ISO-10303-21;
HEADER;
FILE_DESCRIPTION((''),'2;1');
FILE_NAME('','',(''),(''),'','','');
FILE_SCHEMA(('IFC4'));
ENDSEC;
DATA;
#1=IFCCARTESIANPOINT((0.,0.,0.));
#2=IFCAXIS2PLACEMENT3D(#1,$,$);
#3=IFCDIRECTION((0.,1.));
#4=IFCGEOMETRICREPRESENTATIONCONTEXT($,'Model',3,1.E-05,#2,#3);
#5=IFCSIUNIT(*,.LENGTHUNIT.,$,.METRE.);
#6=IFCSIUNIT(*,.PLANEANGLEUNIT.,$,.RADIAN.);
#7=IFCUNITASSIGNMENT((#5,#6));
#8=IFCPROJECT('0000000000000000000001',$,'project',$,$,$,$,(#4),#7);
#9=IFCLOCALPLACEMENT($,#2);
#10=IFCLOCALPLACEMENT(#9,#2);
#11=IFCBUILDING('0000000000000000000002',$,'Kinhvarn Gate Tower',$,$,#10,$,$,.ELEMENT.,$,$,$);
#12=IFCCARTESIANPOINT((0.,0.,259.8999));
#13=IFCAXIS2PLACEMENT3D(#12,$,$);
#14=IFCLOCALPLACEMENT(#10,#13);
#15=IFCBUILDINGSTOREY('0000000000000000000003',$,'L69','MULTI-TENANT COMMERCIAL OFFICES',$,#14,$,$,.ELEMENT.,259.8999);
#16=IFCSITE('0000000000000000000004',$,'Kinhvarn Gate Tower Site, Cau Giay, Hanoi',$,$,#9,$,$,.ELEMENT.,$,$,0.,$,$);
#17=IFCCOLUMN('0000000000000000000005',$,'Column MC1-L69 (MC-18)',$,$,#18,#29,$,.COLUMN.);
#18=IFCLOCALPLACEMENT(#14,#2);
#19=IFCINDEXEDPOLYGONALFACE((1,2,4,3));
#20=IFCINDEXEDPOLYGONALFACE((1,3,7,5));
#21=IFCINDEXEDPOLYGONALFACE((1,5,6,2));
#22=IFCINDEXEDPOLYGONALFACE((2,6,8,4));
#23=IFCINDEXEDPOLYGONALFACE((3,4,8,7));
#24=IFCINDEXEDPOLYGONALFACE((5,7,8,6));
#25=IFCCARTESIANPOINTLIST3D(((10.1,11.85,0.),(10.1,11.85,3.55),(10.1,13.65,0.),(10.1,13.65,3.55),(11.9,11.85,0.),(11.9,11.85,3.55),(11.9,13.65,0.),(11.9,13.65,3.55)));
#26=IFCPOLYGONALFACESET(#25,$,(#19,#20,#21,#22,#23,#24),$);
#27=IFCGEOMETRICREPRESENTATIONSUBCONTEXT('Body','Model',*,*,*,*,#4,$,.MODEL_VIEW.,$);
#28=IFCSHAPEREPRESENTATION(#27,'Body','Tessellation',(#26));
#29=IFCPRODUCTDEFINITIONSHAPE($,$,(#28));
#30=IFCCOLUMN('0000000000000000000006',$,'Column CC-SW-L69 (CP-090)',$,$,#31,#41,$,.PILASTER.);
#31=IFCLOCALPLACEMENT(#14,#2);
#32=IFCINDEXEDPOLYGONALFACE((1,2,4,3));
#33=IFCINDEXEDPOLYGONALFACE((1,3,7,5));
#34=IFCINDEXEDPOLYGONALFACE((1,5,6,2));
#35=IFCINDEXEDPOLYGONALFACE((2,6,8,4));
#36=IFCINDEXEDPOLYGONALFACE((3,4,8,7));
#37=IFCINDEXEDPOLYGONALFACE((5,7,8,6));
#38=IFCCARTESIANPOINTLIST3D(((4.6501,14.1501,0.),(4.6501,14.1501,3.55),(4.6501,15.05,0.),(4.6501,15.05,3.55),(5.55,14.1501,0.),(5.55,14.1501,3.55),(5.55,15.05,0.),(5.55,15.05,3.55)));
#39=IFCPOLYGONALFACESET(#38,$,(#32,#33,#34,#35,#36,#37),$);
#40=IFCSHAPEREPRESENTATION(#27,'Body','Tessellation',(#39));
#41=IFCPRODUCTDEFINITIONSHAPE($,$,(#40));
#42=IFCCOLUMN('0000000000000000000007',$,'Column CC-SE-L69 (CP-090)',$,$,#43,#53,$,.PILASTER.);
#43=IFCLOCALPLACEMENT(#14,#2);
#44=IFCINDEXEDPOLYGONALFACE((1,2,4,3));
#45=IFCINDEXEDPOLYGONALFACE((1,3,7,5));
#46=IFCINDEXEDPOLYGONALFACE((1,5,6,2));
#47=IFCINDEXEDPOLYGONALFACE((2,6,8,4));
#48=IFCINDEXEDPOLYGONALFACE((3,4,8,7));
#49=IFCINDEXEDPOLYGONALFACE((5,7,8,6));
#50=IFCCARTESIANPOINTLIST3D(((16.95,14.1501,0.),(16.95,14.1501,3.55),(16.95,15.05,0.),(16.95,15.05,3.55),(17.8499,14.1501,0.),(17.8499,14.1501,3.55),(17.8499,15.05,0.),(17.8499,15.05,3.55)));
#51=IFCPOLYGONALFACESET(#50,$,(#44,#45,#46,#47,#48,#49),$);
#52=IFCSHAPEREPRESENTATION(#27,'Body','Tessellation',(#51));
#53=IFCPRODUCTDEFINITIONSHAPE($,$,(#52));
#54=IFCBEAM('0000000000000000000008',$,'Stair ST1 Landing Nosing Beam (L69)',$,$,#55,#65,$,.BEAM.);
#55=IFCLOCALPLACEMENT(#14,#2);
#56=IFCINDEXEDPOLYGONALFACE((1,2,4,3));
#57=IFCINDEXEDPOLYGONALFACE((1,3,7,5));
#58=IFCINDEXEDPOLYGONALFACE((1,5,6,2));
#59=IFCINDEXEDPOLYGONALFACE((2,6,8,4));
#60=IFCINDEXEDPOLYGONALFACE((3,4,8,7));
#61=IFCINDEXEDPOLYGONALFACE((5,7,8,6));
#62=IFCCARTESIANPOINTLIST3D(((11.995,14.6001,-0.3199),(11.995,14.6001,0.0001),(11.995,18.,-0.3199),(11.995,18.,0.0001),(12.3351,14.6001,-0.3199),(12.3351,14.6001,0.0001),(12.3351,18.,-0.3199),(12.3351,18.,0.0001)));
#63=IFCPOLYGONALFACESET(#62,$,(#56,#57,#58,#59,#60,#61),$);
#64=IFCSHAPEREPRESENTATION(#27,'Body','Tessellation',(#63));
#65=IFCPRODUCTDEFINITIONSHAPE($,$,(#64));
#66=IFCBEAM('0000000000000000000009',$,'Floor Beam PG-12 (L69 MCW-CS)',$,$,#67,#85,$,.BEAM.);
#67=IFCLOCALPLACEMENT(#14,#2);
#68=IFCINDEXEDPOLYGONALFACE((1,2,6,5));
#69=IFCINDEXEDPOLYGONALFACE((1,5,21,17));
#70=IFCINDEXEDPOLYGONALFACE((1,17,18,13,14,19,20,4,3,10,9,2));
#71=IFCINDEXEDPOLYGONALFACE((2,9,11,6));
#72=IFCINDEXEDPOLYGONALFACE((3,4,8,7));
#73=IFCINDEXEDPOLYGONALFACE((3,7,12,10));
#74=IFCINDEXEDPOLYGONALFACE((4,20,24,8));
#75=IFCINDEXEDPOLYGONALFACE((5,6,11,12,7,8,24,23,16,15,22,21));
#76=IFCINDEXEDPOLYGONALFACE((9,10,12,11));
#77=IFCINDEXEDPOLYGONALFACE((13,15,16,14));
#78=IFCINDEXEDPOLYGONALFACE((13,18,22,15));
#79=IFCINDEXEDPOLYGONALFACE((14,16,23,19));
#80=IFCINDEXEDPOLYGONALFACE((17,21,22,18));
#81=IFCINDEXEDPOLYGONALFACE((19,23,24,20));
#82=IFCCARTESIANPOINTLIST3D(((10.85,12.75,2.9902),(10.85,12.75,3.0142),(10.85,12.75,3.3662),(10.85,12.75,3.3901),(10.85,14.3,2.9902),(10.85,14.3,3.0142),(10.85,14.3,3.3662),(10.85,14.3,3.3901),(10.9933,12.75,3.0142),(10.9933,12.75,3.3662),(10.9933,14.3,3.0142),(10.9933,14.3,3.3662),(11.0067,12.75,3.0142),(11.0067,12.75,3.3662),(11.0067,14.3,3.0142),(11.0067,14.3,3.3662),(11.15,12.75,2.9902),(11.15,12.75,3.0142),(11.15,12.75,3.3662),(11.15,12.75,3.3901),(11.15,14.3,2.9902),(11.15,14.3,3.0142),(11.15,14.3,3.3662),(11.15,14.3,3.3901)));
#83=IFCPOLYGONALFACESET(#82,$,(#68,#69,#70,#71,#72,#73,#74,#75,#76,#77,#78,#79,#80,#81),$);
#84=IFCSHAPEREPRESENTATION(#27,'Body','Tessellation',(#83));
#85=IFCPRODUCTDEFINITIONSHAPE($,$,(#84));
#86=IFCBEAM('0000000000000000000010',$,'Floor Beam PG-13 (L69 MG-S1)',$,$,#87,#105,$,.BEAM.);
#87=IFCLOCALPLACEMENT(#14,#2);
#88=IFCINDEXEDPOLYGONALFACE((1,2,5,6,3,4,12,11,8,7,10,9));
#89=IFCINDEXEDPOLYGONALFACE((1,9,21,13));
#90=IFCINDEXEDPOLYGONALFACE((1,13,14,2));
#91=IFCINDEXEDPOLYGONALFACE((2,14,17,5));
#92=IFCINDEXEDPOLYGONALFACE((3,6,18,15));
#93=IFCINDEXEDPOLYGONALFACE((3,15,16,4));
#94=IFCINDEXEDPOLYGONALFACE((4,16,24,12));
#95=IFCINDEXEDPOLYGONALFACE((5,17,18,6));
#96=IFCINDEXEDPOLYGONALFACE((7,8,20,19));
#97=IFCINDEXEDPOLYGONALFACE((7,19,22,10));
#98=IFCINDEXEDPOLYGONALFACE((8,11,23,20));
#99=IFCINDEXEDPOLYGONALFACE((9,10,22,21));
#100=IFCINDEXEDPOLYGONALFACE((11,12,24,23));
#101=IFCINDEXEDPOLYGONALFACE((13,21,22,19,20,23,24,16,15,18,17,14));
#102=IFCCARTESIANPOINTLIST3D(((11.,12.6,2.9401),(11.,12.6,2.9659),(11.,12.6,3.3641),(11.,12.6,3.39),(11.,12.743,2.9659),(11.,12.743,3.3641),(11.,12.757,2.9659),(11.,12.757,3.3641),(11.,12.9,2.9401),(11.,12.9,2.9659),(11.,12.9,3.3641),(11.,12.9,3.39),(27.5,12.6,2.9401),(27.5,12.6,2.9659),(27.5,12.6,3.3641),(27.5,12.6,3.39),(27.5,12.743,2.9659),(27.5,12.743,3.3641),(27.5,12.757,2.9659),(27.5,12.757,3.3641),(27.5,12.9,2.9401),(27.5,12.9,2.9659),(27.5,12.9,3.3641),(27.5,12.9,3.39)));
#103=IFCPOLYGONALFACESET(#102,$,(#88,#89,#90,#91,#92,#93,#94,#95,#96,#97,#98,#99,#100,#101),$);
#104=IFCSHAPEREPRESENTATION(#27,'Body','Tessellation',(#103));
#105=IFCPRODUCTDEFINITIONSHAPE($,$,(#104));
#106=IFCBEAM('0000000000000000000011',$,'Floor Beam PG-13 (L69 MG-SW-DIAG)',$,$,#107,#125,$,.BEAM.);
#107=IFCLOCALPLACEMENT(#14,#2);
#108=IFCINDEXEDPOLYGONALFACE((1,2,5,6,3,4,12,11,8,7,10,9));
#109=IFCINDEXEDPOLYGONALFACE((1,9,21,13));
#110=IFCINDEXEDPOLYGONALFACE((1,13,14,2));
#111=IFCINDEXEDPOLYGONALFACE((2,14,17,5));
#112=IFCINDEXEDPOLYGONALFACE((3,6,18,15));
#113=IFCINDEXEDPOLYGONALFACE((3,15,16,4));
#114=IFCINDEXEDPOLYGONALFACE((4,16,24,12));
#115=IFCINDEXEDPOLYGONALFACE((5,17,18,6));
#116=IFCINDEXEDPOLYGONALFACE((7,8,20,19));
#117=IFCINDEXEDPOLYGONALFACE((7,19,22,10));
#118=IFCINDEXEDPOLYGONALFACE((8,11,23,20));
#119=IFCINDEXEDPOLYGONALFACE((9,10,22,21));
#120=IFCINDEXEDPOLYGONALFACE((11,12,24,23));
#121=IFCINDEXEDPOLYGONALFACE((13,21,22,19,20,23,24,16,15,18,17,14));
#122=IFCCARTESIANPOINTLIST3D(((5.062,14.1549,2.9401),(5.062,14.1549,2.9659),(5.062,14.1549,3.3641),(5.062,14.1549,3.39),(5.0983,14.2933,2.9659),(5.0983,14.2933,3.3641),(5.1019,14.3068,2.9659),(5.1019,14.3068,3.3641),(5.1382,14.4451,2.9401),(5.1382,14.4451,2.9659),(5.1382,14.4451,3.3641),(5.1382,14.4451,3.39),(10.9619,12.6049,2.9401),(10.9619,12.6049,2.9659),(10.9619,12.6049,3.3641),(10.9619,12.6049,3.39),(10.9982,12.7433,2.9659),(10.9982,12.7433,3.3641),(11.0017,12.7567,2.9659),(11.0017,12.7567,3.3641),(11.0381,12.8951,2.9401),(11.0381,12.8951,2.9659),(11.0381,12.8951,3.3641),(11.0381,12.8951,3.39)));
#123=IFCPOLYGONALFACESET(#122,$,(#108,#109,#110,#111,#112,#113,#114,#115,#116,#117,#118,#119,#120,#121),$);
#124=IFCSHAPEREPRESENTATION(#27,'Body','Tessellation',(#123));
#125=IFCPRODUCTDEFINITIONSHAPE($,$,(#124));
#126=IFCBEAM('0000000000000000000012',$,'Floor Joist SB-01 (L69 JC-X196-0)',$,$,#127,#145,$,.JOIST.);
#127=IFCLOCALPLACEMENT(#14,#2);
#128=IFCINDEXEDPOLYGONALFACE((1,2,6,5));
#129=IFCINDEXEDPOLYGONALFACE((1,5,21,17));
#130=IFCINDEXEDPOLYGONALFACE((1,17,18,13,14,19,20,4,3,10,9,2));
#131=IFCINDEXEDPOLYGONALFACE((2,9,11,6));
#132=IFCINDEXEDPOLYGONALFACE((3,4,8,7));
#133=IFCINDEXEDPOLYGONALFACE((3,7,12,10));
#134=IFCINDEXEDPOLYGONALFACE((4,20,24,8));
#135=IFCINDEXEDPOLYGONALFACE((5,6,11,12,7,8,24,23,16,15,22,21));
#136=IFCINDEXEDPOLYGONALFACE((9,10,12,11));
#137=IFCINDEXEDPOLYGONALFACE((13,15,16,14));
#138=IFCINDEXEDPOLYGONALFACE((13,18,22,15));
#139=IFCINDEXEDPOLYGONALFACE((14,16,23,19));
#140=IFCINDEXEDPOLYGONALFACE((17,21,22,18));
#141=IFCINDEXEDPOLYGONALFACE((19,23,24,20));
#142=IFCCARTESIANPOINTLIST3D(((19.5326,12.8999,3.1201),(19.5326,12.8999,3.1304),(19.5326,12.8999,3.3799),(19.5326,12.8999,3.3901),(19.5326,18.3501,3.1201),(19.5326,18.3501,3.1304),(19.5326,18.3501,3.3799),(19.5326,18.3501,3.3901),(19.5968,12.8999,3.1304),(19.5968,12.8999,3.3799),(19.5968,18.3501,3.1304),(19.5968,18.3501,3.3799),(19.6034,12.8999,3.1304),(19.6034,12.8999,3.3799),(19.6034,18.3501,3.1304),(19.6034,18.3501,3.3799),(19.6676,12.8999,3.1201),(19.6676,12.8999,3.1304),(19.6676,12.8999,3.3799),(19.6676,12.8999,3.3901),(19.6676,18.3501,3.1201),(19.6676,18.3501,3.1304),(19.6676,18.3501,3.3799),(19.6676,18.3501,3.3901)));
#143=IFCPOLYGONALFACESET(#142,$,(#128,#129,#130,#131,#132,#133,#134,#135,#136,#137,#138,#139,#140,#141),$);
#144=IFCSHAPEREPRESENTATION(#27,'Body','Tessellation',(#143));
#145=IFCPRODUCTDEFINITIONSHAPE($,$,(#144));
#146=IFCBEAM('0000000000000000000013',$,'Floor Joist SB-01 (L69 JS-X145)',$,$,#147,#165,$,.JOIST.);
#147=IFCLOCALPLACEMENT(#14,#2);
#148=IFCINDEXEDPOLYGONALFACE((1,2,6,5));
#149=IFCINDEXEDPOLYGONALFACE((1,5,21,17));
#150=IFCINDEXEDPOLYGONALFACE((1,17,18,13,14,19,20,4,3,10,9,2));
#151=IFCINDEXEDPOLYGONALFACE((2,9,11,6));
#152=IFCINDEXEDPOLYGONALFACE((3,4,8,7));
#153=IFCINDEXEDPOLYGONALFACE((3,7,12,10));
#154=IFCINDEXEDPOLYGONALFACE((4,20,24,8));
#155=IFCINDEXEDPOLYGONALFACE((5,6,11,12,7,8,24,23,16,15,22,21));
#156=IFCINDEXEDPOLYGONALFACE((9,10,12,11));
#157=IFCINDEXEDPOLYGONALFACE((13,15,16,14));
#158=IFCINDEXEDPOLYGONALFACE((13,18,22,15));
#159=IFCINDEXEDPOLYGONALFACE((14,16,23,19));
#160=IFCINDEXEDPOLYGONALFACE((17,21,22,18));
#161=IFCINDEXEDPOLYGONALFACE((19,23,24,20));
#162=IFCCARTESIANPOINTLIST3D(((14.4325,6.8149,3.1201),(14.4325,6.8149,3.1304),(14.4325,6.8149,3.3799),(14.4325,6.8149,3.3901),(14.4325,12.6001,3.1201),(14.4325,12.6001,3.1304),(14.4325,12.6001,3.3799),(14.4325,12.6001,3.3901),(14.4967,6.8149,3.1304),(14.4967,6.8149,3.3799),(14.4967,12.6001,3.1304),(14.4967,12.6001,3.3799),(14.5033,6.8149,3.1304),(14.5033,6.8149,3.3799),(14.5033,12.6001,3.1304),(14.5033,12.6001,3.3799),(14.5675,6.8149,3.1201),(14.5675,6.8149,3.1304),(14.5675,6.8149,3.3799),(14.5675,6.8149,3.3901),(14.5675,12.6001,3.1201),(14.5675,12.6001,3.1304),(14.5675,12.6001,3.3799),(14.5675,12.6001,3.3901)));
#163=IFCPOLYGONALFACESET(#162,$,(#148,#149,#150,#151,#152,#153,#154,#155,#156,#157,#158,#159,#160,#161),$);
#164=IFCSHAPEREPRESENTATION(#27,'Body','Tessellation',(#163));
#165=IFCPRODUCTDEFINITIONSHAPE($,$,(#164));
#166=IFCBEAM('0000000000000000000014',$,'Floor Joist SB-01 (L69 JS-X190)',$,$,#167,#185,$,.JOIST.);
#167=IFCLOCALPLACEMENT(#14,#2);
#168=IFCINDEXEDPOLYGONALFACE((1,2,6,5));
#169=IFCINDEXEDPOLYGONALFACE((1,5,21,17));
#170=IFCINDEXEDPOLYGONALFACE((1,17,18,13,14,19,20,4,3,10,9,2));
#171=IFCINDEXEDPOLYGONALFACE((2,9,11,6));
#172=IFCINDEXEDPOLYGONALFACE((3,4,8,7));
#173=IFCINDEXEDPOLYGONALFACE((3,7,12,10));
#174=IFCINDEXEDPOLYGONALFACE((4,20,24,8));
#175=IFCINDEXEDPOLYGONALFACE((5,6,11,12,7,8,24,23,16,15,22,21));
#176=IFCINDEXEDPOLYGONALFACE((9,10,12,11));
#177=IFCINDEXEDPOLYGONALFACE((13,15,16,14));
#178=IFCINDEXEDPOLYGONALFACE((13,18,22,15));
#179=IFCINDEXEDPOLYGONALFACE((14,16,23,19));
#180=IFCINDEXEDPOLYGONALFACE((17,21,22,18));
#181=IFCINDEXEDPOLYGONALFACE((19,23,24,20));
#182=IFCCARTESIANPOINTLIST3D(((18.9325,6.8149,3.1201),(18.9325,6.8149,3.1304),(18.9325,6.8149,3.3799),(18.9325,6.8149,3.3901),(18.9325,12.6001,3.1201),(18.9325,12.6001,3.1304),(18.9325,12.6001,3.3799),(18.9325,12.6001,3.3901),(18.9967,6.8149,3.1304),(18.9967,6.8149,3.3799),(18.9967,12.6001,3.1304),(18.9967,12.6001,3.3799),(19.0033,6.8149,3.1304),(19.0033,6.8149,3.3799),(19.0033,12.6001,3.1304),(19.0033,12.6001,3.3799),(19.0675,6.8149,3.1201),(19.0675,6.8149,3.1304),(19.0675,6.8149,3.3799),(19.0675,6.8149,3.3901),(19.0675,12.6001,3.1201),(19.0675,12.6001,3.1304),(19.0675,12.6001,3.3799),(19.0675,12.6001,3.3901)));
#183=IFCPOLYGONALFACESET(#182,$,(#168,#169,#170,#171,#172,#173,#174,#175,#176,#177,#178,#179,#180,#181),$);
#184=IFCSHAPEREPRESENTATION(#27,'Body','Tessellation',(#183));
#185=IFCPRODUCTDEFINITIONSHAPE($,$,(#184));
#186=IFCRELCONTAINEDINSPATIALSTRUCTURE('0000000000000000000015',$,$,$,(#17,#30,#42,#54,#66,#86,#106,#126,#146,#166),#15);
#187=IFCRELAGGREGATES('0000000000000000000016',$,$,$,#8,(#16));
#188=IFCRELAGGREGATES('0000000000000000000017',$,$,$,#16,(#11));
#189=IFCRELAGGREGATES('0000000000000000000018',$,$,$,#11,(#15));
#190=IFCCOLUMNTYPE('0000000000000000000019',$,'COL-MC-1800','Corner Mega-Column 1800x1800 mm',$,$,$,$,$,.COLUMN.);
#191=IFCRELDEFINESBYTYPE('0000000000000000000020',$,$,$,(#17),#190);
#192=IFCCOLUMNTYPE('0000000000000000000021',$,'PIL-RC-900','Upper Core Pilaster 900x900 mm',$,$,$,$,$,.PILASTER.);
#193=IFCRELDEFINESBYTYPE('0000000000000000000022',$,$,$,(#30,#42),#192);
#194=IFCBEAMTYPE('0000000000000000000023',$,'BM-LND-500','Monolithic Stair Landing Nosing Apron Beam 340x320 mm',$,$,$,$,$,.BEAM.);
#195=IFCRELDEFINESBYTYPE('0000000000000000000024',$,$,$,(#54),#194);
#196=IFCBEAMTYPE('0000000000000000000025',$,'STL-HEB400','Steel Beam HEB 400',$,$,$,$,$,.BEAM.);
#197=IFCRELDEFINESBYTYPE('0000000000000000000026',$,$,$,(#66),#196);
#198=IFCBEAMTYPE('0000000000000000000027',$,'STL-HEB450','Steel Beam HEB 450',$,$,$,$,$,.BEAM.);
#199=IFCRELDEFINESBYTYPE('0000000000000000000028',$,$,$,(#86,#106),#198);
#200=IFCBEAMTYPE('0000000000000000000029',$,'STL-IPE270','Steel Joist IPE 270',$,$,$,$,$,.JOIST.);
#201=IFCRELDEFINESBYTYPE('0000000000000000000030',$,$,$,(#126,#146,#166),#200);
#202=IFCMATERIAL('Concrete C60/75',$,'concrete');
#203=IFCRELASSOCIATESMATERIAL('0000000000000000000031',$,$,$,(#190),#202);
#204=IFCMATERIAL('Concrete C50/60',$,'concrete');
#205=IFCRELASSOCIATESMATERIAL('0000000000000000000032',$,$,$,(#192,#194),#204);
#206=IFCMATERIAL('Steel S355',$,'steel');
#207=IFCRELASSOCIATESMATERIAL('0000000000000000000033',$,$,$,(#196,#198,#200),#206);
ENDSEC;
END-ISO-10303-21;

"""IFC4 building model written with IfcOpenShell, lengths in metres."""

from ifc_helpers import new_model, si_unit, direction, frame, origin, origin_2d, place, context, subcontext, project, spatial, rectangle, i_section, extrude, material, material_profile, profile_set, type_object, element, save


model = new_model("IFC4")

# Units and contexts
model_context = context("Model", 3, precision=1e-05, world=origin(), true_north=direction((0.0, 1.0)))
body_context = subcontext(model_context, "Body", "Model", "MODEL_VIEW")
ifc_project = project(units=[si_unit("LENGTHUNIT", "METRE"), si_unit("PLANEANGLEUNIT", "RADIAN")], contexts=[model_context])

# Site, building, storey
site_placement = place(None, origin())
site = spatial("IfcSite", under=ifc_project, at=site_placement, Name="Kinhvarn Gate Tower Site, Cau Giay, Hanoi", CompositionType="ELEMENT", RefElevation=0.0)
building_placement = place(site_placement, origin())
building = spatial("IfcBuilding", under=site, at=building_placement, Name="Kinhvarn Gate Tower", CompositionType="ELEMENT")
storey_placement = place(building_placement, frame((0.0, 0.0, 259.8999)))
storey = spatial("IfcBuildingStorey", under=building, at=storey_placement, Name="L69", Description="MULTI-TENANT COMMERCIAL OFFICES", CompositionType="ELEMENT", Elevation=259.8999)

# Columns
ifc_material_1 = material(Name="Concrete C60/75", Category="concrete")
ifc_material_profile_1 = material_profile(ifc_material_1, rectangle(XDim=1.8, YDim=1.8, at=origin_2d()), Name="RC 1800x1800")
ifc_profile_set_1 = profile_set([ifc_material_profile_1], Name="Concrete C60/75")
column_type_1 = type_object("IfcColumnType", Name="COL-MC-1800", Description="Corner Mega-Column 1800x1800 mm", PredefinedType="COLUMN", material=ifc_profile_set_1)
column_placement = place(storey_placement, frame((11.0, 12.75, 0.0), z_axis=(0.0, 0.0, 1.0), x_axis=(1.0, 0.0, 0.0)))
element("IfcColumn", 1, at=column_placement, inside=storey, type_object=column_type_1, Name="Column MC1-L69 (MC-18)", PredefinedType="COLUMN", context=body_context, shape_type="SweptSolid", body=[
    extrude(rectangle(XDim=1.8, YDim=1.8, at=origin_2d()), origin(), (0.0, 0.0, 1.0), 3.55),
])
ifc_material_2 = material(Name="Concrete C50/60", Category="concrete")
ifc_material_profile_2 = material_profile(ifc_material_2, rectangle(XDim=0.8999, YDim=0.8999, at=origin_2d()), Name="RC 900x900")
ifc_profile_set_2 = profile_set([ifc_material_profile_2], Name="Concrete C50/60")
column_type_2 = type_object("IfcColumnType", Name="PIL-RC-900", Description="Upper Core Pilaster 900x900 mm", PredefinedType="PILASTER", material=ifc_profile_set_2)
for number, where, z_axis, x_axis, name in (
    (2, (5.1001, 14.6001, 0.0), (0.0, 0.0, 1.0), (1.0, 0.0, 0.0), "Column CC-SW-L69 (CP-090)"),
    (3, (17.3999, 14.6001, 0.0), (0.0, 0.0, 1.0), (1.0, 0.0, 0.0), "Column CC-SE-L69 (CP-090)"),
):
    element("IfcColumn", number, at=place(storey_placement, frame(where, z_axis=z_axis, x_axis=x_axis)), inside=storey, type_object=column_type_2, Name=name, PredefinedType="PILASTER", context=body_context, shape_type="SweptSolid", body=[
        extrude(rectangle(XDim=0.8999, YDim=0.8999, at=origin_2d()), origin(), (0.0, 0.0, 1.0), 3.55),
    ])

# Beams
ifc_material_profile_3 = material_profile(ifc_material_2, rectangle(XDim=0.3401, YDim=0.3201, at=origin_2d()), Name="RC 340x320")
ifc_profile_set_3 = profile_set([ifc_material_profile_3], Name="Concrete C50/60")
beam_type_1 = type_object("IfcBeamType", Name="BM-LND-500", Description="Monolithic Stair Landing Nosing Apron Beam 340x320 mm", PredefinedType="BEAM", material=ifc_profile_set_3)
beam_1_placement = place(storey_placement, frame((12.165, 14.6001, -0.1599), z_axis=(0.0, 1.0, 0.0), x_axis=(-1.0, 0.0, 0.0)))
element("IfcBeam", 4, at=beam_1_placement, inside=storey, type_object=beam_type_1, Name="Stair ST1 Landing Nosing Beam (L69)", PredefinedType="BEAM", context=body_context, shape_type="SweptSolid", body=[
    extrude(rectangle(XDim=0.3401, YDim=0.3201, at=origin_2d()), origin(), (0.0, 0.0, 1.0), 3.3999),
])
ifc_material_3 = material(Name="Steel S355", Category="steel")
ifc_material_profile_4 = material_profile(ifc_material_3, i_section(OverallWidth=0.3, OverallDepth=0.3999, WebThickness=0.0134, FlangeThickness=0.0239, at=origin_2d()), Name="HEB 400")
ifc_profile_set_4 = profile_set([ifc_material_profile_4], Name="Steel S355")
beam_type_2 = type_object("IfcBeamType", Name="STL-HEB400", Description="Steel Beam HEB 400", PredefinedType="BEAM", material=ifc_profile_set_4)
beam_2_placement = place(storey_placement, frame((11.0, 12.75, 3.1902), z_axis=(0.0, 1.0, 0.0), x_axis=(-1.0, 0.0, 0.0)))
element("IfcBeam", 5, at=beam_2_placement, inside=storey, type_object=beam_type_2, Name="Floor Beam PG-12 (L69 MCW-CS)", PredefinedType="BEAM", context=body_context, shape_type="SweptSolid", body=[
    extrude(i_section(OverallWidth=0.3, OverallDepth=0.3999, WebThickness=0.0134, FlangeThickness=0.0239, at=origin_2d()), origin(), (0.0, 0.0, 1.0), 1.55),
])
ifc_material_profile_5 = material_profile(ifc_material_3, i_section(OverallWidth=0.3, OverallDepth=0.45, WebThickness=0.0139, FlangeThickness=0.0259, at=origin_2d()), Name="HEB 450")
ifc_profile_set_5 = profile_set([ifc_material_profile_5], Name="Steel S355")
beam_type_3 = type_object("IfcBeamType", Name="STL-HEB450", Description="Steel Beam HEB 450", PredefinedType="BEAM", material=ifc_profile_set_5)
beam_3_placement = place(storey_placement, frame((11.0, 12.75, 3.165), z_axis=(1.0, 0.0, 0.0), x_axis=(0.0, 1.0, 0.0)))
element("IfcBeam", 6, at=beam_3_placement, inside=storey, type_object=beam_type_3, Name="Floor Beam PG-13 (L69 MG-S1)", PredefinedType="BEAM", context=body_context, shape_type="SweptSolid", body=[
    extrude(i_section(OverallWidth=0.3, OverallDepth=0.45, WebThickness=0.0139, FlangeThickness=0.0259, at=origin_2d()), origin(), (0.0, 0.0, 1.0), 16.5),
])
beam_4_placement = place(storey_placement, frame((5.1001, 14.3, 3.165), z_axis=(0.967178, -0.254101, 0.0), x_axis=(0.254101, 0.967178, 0.0)))
element("IfcBeam", 7, at=beam_4_placement, inside=storey, type_object=beam_type_3, Name="Floor Beam PG-13 (L69 MG-SW-DIAG)", PredefinedType="BEAM", context=body_context, shape_type="SweptSolid", body=[
    extrude(i_section(OverallWidth=0.3, OverallDepth=0.45, WebThickness=0.0139, FlangeThickness=0.0259, at=origin_2d()), origin(), (0.0, 0.0, 1.0), 6.1001),
])
ifc_material_profile_6 = material_profile(ifc_material_3, i_section(OverallWidth=0.135, OverallDepth=0.27, WebThickness=0.0066, FlangeThickness=0.0103, at=origin_2d()), Name="IPE 270")
ifc_profile_set_6 = profile_set([ifc_material_profile_6], Name="Steel S355")
beam_type_4 = type_object("IfcBeamType", Name="STL-IPE270", Description="Steel Joist IPE 270", PredefinedType="JOIST", material=ifc_profile_set_6)
beam_5_placement = place(storey_placement, frame((19.6001, 12.8999, 3.2551), z_axis=(0.0, 1.0, 0.0), x_axis=(-1.0, 0.0, 0.0)))
element("IfcBeam", 8, at=beam_5_placement, inside=storey, type_object=beam_type_4, Name="Floor Joist SB-01 (L69 JC-X196-0)", PredefinedType="JOIST", context=body_context, shape_type="SweptSolid", body=[
    extrude(i_section(OverallWidth=0.135, OverallDepth=0.27, WebThickness=0.0066, FlangeThickness=0.0103, at=origin_2d()), origin(), (0.0, 0.0, 1.0), 5.4502),
])
for number, where, z_axis, x_axis, name in (
    (9, (14.5, 6.8149, 3.2551), (0.0, 1.0, 0.0), (-1.0, 0.0, 0.0), "Floor Joist SB-01 (L69 JS-X145)"),
    (10, (19.0, 6.8149, 3.2551), (0.0, 1.0, 0.0), (-1.0, 0.0, 0.0), "Floor Joist SB-01 (L69 JS-X190)"),
):
    element("IfcBeam", number, at=place(storey_placement, frame(where, z_axis=z_axis, x_axis=x_axis)), inside=storey, type_object=beam_type_4, Name=name, PredefinedType="JOIST", context=body_context, shape_type="SweptSolid", body=[
        extrude(i_section(OverallWidth=0.135, OverallDepth=0.27, WebThickness=0.0066, FlangeThickness=0.0103, at=origin_2d()), origin(), (0.0, 0.0, 1.0), 5.7852),
    ])

save(model, "model.ifc")
